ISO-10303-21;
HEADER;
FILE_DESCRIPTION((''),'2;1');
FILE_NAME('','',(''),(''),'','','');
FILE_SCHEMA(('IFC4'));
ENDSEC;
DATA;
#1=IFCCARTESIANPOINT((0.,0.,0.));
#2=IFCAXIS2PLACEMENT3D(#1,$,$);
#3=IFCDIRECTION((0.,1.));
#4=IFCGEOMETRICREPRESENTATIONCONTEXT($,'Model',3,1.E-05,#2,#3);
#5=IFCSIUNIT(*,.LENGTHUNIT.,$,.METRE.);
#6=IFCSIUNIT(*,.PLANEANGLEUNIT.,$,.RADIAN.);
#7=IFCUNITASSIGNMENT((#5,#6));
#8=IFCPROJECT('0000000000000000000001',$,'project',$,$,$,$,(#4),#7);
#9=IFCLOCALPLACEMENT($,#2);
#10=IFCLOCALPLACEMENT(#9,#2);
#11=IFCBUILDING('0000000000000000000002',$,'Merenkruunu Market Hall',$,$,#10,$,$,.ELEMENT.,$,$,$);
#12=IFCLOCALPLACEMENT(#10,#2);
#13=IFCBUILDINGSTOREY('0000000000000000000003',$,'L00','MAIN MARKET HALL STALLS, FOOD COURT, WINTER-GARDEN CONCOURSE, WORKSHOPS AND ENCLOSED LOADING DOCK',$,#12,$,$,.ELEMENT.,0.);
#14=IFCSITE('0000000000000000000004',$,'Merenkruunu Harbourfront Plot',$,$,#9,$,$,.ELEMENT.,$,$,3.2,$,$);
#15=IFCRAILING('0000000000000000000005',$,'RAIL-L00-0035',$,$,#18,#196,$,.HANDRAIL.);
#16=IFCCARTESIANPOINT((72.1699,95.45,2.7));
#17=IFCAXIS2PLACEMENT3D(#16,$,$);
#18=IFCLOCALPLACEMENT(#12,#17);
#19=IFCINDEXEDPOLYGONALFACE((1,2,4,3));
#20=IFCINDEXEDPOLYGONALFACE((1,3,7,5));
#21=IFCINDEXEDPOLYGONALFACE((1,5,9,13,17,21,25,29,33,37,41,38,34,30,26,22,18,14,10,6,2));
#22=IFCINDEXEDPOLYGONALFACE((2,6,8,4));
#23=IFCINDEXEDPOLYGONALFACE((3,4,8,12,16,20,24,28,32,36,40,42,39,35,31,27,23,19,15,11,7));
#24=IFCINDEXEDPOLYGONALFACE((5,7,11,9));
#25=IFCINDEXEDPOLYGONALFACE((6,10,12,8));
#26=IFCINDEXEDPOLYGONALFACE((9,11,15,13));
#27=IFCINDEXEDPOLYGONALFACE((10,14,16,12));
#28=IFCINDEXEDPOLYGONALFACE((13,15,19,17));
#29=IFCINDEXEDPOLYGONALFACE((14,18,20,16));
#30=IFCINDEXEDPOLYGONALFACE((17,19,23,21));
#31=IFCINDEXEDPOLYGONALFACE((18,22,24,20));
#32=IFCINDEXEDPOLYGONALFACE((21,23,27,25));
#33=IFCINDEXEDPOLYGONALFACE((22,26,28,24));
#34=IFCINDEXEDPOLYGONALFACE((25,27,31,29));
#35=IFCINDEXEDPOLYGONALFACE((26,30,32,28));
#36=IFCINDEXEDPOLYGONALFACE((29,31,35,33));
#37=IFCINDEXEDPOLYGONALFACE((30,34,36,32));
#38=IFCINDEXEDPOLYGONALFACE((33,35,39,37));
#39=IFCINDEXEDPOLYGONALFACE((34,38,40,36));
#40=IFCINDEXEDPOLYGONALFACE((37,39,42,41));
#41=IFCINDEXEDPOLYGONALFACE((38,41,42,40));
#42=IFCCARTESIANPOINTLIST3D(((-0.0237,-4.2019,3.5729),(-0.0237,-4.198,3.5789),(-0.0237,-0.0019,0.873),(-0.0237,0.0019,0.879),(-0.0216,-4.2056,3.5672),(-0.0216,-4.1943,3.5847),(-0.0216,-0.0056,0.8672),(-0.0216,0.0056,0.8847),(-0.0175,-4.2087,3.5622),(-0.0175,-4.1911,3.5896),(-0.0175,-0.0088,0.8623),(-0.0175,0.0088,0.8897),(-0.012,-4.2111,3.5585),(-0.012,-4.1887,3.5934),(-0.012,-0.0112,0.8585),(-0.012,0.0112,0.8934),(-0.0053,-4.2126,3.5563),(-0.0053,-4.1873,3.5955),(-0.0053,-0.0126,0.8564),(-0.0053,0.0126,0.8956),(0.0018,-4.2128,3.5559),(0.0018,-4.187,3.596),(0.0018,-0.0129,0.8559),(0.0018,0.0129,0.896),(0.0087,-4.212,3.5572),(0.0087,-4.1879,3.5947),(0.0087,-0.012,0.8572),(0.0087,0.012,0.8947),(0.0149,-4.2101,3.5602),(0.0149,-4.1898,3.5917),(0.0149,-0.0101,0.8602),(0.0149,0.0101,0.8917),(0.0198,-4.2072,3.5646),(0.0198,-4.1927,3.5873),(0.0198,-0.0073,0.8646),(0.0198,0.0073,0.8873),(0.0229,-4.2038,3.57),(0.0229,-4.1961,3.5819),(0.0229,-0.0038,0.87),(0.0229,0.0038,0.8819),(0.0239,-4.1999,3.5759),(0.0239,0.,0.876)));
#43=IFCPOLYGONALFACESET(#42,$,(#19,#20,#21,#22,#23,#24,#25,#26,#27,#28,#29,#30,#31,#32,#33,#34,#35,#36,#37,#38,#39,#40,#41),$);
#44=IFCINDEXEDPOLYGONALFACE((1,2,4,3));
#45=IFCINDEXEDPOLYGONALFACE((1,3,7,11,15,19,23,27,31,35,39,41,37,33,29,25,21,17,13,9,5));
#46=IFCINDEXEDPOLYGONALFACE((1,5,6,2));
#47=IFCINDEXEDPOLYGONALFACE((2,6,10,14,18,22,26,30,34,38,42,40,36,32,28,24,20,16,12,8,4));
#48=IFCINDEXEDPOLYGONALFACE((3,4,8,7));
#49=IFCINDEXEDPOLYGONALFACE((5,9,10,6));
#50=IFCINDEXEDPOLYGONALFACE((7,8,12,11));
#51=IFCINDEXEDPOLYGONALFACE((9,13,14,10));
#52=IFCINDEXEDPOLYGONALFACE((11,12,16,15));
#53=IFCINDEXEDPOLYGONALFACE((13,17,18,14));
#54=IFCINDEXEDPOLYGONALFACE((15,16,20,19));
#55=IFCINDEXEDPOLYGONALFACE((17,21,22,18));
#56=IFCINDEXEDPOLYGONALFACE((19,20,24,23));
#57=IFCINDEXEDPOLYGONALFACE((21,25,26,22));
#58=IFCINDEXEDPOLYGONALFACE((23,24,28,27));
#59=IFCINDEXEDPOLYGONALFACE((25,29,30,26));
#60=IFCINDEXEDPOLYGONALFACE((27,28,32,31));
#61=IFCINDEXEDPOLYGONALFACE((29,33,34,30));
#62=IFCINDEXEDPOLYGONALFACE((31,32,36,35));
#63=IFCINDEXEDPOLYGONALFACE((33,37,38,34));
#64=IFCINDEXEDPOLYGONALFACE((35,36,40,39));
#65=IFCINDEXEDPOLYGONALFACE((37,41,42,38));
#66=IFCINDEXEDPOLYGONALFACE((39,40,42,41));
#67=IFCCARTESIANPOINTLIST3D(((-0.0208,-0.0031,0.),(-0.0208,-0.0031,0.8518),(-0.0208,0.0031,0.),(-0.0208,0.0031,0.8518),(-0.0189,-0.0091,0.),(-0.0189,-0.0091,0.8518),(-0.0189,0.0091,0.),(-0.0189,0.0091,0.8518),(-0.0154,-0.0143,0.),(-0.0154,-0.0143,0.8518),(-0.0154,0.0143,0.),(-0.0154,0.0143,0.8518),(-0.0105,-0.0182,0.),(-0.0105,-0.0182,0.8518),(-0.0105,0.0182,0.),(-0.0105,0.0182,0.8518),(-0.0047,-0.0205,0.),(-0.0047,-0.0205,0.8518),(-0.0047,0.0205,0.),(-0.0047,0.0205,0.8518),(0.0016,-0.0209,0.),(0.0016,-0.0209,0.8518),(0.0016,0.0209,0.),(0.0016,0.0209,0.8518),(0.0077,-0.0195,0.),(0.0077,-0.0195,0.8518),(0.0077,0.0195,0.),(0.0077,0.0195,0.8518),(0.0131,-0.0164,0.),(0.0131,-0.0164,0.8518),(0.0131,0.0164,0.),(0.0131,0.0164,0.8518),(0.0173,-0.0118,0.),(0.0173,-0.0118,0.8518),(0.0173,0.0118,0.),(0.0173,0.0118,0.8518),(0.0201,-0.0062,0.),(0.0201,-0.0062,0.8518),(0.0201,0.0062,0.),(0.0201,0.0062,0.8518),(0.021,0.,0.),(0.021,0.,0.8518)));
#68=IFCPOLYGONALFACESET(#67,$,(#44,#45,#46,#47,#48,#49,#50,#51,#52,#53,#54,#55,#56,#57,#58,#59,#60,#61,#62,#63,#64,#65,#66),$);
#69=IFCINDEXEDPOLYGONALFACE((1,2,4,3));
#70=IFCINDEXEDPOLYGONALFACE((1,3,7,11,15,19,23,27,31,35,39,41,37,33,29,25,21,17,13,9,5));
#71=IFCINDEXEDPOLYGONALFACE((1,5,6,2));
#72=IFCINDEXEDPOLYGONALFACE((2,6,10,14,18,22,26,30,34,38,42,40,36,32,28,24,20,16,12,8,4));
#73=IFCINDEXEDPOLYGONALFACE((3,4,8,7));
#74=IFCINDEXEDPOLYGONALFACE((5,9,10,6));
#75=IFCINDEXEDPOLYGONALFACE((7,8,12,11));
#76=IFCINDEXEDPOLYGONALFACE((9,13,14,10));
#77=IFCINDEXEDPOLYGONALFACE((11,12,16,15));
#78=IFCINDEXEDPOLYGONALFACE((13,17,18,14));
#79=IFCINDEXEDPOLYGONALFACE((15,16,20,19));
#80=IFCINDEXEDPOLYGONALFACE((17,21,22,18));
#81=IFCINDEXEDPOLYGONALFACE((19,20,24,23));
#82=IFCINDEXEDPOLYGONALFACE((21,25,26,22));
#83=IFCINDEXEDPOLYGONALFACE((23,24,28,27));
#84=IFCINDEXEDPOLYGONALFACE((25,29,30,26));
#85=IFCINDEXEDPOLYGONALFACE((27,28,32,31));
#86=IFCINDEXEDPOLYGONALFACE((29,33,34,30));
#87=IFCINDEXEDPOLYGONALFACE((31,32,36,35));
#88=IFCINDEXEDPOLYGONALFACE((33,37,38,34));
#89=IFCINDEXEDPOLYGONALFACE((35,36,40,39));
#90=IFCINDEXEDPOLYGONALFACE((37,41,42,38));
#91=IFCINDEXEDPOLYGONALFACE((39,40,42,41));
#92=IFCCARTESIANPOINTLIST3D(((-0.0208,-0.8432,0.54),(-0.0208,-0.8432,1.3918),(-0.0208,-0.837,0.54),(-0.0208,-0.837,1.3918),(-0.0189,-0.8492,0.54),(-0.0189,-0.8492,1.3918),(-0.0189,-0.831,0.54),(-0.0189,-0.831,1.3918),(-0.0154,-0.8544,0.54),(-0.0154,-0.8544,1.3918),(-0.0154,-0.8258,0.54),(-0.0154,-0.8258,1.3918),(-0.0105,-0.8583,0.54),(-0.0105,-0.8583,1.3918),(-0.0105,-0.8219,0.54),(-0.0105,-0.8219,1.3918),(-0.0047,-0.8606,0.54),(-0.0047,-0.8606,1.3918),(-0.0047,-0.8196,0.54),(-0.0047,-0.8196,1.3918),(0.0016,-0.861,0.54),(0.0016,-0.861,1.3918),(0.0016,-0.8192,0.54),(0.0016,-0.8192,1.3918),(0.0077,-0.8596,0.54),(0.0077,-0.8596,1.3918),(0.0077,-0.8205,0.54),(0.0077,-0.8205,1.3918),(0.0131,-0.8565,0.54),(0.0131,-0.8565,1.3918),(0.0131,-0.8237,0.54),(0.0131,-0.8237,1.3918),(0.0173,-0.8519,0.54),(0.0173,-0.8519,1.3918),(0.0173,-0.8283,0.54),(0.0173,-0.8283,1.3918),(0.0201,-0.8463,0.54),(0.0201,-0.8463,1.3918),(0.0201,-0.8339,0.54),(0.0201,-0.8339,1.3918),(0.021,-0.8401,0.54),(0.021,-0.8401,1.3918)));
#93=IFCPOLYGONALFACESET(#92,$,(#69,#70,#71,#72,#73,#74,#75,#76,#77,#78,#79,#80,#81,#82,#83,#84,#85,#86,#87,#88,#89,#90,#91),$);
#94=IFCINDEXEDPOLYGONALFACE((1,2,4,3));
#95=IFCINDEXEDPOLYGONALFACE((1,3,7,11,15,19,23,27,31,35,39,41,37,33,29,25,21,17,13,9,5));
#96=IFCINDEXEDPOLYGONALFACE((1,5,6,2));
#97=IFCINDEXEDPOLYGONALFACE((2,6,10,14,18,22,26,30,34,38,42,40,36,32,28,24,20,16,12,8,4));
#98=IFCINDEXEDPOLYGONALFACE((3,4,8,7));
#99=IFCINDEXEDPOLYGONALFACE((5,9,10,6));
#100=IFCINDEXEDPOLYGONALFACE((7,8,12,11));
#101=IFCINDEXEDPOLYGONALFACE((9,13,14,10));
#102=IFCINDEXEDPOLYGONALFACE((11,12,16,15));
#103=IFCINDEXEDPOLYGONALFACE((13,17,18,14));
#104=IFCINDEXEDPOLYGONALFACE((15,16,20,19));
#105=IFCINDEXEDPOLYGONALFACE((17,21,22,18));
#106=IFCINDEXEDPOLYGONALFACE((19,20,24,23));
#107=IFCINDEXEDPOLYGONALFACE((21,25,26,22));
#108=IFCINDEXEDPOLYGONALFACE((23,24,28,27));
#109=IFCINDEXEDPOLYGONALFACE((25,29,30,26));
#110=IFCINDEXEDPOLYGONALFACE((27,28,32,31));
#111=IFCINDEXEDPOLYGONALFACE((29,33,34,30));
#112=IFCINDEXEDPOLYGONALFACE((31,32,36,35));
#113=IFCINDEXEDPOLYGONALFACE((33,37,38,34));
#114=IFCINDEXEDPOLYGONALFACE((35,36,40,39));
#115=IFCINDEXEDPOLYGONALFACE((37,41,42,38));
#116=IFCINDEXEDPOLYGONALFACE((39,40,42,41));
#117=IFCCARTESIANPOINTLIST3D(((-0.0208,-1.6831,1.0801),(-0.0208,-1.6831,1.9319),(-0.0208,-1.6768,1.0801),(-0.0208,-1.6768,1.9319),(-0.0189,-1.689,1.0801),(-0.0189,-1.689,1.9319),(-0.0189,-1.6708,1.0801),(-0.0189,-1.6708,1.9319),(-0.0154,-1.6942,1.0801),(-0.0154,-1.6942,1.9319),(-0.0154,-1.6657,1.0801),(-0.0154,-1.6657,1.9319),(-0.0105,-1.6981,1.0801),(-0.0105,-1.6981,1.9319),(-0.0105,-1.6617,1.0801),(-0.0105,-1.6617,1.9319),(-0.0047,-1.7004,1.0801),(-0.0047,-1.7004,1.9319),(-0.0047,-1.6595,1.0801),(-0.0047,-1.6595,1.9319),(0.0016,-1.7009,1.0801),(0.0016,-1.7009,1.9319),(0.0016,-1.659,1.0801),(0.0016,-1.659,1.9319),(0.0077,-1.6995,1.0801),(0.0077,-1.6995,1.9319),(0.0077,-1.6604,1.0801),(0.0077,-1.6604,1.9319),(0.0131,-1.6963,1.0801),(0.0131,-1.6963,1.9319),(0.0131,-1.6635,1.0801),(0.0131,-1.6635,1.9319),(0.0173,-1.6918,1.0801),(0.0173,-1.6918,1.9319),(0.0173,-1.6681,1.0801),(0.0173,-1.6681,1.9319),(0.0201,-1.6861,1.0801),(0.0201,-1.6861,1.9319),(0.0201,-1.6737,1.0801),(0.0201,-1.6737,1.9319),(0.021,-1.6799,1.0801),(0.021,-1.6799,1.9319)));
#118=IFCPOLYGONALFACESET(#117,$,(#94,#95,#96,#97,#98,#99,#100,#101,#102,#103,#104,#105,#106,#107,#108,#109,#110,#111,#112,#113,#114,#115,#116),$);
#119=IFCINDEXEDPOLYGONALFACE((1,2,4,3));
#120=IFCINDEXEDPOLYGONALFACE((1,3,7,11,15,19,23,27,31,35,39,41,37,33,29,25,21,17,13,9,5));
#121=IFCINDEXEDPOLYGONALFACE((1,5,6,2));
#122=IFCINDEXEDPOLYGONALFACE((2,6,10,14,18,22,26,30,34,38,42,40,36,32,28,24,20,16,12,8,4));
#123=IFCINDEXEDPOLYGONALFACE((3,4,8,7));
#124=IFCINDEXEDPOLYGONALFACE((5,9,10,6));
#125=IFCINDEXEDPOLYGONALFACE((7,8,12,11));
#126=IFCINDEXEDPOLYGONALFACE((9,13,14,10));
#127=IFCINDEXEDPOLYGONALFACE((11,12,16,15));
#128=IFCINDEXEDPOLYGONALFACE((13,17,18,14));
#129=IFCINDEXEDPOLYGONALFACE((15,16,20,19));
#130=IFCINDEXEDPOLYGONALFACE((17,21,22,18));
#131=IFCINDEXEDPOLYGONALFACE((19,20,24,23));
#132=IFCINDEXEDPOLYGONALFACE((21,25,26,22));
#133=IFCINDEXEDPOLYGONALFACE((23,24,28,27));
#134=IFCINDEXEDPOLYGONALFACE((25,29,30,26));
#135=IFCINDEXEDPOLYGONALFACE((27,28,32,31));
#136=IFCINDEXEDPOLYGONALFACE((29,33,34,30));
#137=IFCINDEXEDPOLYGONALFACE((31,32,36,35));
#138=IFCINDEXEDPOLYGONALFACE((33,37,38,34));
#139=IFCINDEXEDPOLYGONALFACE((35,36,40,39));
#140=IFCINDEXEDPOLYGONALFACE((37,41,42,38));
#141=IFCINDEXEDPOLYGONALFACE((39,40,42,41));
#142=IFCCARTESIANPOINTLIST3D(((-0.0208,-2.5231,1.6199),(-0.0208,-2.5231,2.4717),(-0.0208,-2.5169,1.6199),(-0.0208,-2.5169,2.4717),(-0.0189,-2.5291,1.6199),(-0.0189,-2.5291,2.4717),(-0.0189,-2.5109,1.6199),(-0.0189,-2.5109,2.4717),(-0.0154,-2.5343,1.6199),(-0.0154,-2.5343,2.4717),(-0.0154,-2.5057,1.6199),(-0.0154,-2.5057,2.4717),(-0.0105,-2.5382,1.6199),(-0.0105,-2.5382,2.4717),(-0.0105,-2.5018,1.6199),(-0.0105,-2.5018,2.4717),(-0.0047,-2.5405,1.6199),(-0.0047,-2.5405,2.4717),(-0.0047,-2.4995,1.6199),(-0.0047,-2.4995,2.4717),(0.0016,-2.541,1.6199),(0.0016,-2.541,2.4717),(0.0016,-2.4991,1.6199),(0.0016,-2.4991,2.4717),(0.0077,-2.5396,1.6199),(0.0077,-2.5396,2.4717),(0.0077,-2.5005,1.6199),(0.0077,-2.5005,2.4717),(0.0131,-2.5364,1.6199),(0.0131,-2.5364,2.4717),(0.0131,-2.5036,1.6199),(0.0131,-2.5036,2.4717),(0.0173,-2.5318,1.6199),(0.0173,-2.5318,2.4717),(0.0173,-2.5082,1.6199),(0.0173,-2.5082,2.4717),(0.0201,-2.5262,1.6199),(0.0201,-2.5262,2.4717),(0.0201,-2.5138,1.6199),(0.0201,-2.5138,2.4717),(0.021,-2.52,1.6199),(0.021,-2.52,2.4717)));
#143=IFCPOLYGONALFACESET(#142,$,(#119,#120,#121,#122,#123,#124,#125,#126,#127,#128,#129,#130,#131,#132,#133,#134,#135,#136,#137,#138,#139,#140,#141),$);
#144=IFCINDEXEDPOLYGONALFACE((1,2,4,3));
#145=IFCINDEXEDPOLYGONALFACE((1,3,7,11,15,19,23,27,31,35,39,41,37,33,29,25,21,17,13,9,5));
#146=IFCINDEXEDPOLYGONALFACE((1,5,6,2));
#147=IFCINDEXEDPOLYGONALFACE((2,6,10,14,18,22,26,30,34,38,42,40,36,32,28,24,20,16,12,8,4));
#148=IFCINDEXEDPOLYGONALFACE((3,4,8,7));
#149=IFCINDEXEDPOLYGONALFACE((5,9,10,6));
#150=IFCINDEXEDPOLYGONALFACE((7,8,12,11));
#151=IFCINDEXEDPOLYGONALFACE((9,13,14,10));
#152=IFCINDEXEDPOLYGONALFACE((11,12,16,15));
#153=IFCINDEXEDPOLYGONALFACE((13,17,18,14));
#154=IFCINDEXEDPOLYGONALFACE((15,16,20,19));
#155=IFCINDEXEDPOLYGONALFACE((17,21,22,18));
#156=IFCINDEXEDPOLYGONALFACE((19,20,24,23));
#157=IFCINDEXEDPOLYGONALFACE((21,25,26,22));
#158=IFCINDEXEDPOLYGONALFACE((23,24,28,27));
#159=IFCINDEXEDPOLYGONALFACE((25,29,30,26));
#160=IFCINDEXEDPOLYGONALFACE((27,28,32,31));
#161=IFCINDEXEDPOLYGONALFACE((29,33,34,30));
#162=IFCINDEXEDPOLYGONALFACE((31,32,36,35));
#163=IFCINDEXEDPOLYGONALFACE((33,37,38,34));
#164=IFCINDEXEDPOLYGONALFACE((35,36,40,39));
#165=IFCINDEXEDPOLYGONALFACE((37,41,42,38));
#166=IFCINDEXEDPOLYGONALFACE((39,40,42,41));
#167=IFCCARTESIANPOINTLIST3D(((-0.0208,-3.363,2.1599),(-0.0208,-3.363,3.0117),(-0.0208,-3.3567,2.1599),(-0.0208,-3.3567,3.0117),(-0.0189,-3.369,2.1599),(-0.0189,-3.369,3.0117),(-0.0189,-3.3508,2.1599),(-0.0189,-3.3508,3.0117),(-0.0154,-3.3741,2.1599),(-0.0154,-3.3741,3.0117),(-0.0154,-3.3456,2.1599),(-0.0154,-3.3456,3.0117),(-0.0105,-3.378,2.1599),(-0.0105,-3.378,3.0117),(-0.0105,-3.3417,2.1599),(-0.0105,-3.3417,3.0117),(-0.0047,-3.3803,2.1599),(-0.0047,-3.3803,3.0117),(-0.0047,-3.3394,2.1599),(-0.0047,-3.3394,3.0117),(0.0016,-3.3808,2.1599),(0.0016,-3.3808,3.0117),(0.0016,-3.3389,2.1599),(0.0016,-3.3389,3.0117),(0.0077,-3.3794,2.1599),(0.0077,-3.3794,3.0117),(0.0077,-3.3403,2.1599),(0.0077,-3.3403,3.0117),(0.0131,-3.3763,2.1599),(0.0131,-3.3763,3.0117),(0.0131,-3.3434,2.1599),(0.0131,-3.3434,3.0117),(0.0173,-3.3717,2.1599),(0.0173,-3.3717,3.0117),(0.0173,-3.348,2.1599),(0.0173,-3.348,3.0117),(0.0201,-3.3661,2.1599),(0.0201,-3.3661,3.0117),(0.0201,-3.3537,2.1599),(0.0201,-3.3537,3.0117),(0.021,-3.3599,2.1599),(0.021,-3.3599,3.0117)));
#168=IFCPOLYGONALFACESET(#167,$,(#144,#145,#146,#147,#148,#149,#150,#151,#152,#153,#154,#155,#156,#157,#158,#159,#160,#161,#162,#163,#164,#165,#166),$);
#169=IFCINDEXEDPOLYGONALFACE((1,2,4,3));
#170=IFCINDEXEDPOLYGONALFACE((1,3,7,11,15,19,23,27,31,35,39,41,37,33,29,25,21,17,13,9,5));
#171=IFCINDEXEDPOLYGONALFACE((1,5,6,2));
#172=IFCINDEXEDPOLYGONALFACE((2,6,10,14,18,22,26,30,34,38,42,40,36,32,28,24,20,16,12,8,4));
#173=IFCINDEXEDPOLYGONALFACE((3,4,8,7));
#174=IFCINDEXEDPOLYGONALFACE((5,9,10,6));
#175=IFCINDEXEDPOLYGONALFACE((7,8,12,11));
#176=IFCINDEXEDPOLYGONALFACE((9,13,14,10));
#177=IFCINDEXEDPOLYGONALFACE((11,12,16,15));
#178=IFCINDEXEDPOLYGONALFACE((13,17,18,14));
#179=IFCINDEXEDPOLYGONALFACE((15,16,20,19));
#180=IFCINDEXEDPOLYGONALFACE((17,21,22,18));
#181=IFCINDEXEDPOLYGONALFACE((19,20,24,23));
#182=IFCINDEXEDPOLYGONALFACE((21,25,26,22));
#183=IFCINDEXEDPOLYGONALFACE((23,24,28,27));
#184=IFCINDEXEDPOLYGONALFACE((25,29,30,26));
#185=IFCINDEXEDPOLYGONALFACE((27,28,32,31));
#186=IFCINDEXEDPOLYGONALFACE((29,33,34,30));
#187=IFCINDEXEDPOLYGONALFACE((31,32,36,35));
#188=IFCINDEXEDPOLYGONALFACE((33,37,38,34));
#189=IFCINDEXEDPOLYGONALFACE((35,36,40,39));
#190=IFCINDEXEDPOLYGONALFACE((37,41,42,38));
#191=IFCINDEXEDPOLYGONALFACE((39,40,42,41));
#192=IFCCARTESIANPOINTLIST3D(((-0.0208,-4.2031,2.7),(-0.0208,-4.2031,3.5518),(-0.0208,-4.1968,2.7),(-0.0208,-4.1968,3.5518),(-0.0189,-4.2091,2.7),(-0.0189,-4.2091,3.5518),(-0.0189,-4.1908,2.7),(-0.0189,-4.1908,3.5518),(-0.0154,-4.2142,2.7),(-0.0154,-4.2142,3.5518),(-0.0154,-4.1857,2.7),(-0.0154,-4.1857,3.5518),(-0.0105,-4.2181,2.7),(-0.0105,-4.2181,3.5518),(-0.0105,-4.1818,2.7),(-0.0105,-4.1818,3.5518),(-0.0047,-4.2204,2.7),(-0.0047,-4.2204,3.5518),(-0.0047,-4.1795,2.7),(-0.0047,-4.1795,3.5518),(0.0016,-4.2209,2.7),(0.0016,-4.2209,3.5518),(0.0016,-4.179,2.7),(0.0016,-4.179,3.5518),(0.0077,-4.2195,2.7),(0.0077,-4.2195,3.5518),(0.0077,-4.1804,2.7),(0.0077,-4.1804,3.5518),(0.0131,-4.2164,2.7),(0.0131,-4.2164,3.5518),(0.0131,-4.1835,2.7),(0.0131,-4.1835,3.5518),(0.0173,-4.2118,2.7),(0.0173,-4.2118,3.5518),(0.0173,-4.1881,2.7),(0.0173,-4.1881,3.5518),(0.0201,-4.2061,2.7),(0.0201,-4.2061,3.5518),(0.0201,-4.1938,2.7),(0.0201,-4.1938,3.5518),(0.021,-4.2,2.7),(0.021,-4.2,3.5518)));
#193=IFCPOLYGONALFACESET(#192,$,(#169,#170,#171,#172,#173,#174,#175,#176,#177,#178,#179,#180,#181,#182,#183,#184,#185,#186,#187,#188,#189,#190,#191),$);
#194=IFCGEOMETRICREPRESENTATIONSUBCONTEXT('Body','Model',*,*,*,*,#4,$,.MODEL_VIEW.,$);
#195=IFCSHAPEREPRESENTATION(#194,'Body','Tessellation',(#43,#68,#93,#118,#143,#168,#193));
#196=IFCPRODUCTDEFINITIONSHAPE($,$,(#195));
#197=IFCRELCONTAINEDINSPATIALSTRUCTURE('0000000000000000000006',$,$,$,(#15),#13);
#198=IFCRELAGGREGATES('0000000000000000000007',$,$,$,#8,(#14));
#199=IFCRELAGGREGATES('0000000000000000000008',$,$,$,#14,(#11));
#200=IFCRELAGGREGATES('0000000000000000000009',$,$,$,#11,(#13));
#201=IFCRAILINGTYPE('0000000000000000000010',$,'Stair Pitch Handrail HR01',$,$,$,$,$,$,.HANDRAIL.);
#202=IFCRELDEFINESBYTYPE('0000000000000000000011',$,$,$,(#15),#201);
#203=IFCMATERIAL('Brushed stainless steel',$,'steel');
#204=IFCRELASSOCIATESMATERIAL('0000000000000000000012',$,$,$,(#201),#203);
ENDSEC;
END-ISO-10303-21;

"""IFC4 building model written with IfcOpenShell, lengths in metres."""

from ifc_helpers import new_model, si_unit, direction, frame, origin, origin_2d, place, context, subcontext, project, spatial, circle, extrude, material, type_object, element, save


model = new_model("IFC4")

# Units and contexts
model_context = context("Model", 3, precision=1e-05, world=origin(), true_north=direction((0.0, 1.0)))
body_context = subcontext(model_context, "Body", "Model", "MODEL_VIEW")
ifc_project = project(units=[si_unit("LENGTHUNIT", "METRE"), si_unit("PLANEANGLEUNIT", "RADIAN")], contexts=[model_context])

# Site, building, storey
site_placement = place(None, origin())
site = spatial("IfcSite", under=ifc_project, at=site_placement, Name="Merenkruunu Harbourfront Plot", CompositionType="ELEMENT", RefElevation=3.2)
building_placement = place(site_placement, origin())
building = spatial("IfcBuilding", under=site, at=building_placement, Name="Merenkruunu Market Hall", CompositionType="ELEMENT")
storey_placement = place(building_placement, origin())
storey = spatial("IfcBuildingStorey", under=building, at=storey_placement, Name="L00", Description="MAIN MARKET HALL STALLS, FOOD COURT, WINTER-GARDEN CONCOURSE, WORKSHOPS AND ENCLOSED LOADING DOCK", CompositionType="ELEMENT", Elevation=0.0)

# Railing
ifc_material_1 = material(Name="Brushed stainless steel", Category="steel")
railing_type_1 = type_object("IfcRailingType", Name="Stair Pitch Handrail HR01", PredefinedType="HANDRAIL", material=ifc_material_1)
railing_1_placement = place(storey_placement, frame((72.1699, 95.45, 2.7)))
element("IfcRailing", 1, at=railing_1_placement, inside=storey, type_object=railing_type_1, Name="RAIL-L00-0035", PredefinedType="HANDRAIL", context=body_context, shape_type="SweptSolid", body=[
    extrude(circle(Radius=0.0239, at=origin_2d()), frame((0.0, 0.0, 0.876), z_axis=(0.0, -0.84118, 0.540755), x_axis=(1.0, 0.0, 0.0)), (0.0, 0.0, 1.0), 4.9929),
    extrude(circle(Radius=0.021, at=origin_2d()), origin(), (0.0, 0.0, 1.0), 0.8518),
    extrude(circle(Radius=0.021, at=origin_2d()), frame((0.0, -0.8401, 0.54)), (0.0, 0.0, 1.0), 0.8518),
    extrude(circle(Radius=0.021, at=origin_2d()), frame((0.0, -1.6799, 1.0801)), (0.0, 0.0, 1.0), 0.8518),
    extrude(circle(Radius=0.021, at=origin_2d()), frame((0.0, -2.52, 1.6199)), (0.0, 0.0, 1.0), 0.8518),
    extrude(circle(Radius=0.021, at=origin_2d()), frame((0.0, -3.3599, 2.1599)), (0.0, 0.0, 1.0), 0.8518),
    extrude(circle(Radius=0.021, at=origin_2d()), frame((0.0, -4.2, 2.7)), (0.0, 0.0, 1.0), 0.8518),
])

save(model, "model.ifc")
